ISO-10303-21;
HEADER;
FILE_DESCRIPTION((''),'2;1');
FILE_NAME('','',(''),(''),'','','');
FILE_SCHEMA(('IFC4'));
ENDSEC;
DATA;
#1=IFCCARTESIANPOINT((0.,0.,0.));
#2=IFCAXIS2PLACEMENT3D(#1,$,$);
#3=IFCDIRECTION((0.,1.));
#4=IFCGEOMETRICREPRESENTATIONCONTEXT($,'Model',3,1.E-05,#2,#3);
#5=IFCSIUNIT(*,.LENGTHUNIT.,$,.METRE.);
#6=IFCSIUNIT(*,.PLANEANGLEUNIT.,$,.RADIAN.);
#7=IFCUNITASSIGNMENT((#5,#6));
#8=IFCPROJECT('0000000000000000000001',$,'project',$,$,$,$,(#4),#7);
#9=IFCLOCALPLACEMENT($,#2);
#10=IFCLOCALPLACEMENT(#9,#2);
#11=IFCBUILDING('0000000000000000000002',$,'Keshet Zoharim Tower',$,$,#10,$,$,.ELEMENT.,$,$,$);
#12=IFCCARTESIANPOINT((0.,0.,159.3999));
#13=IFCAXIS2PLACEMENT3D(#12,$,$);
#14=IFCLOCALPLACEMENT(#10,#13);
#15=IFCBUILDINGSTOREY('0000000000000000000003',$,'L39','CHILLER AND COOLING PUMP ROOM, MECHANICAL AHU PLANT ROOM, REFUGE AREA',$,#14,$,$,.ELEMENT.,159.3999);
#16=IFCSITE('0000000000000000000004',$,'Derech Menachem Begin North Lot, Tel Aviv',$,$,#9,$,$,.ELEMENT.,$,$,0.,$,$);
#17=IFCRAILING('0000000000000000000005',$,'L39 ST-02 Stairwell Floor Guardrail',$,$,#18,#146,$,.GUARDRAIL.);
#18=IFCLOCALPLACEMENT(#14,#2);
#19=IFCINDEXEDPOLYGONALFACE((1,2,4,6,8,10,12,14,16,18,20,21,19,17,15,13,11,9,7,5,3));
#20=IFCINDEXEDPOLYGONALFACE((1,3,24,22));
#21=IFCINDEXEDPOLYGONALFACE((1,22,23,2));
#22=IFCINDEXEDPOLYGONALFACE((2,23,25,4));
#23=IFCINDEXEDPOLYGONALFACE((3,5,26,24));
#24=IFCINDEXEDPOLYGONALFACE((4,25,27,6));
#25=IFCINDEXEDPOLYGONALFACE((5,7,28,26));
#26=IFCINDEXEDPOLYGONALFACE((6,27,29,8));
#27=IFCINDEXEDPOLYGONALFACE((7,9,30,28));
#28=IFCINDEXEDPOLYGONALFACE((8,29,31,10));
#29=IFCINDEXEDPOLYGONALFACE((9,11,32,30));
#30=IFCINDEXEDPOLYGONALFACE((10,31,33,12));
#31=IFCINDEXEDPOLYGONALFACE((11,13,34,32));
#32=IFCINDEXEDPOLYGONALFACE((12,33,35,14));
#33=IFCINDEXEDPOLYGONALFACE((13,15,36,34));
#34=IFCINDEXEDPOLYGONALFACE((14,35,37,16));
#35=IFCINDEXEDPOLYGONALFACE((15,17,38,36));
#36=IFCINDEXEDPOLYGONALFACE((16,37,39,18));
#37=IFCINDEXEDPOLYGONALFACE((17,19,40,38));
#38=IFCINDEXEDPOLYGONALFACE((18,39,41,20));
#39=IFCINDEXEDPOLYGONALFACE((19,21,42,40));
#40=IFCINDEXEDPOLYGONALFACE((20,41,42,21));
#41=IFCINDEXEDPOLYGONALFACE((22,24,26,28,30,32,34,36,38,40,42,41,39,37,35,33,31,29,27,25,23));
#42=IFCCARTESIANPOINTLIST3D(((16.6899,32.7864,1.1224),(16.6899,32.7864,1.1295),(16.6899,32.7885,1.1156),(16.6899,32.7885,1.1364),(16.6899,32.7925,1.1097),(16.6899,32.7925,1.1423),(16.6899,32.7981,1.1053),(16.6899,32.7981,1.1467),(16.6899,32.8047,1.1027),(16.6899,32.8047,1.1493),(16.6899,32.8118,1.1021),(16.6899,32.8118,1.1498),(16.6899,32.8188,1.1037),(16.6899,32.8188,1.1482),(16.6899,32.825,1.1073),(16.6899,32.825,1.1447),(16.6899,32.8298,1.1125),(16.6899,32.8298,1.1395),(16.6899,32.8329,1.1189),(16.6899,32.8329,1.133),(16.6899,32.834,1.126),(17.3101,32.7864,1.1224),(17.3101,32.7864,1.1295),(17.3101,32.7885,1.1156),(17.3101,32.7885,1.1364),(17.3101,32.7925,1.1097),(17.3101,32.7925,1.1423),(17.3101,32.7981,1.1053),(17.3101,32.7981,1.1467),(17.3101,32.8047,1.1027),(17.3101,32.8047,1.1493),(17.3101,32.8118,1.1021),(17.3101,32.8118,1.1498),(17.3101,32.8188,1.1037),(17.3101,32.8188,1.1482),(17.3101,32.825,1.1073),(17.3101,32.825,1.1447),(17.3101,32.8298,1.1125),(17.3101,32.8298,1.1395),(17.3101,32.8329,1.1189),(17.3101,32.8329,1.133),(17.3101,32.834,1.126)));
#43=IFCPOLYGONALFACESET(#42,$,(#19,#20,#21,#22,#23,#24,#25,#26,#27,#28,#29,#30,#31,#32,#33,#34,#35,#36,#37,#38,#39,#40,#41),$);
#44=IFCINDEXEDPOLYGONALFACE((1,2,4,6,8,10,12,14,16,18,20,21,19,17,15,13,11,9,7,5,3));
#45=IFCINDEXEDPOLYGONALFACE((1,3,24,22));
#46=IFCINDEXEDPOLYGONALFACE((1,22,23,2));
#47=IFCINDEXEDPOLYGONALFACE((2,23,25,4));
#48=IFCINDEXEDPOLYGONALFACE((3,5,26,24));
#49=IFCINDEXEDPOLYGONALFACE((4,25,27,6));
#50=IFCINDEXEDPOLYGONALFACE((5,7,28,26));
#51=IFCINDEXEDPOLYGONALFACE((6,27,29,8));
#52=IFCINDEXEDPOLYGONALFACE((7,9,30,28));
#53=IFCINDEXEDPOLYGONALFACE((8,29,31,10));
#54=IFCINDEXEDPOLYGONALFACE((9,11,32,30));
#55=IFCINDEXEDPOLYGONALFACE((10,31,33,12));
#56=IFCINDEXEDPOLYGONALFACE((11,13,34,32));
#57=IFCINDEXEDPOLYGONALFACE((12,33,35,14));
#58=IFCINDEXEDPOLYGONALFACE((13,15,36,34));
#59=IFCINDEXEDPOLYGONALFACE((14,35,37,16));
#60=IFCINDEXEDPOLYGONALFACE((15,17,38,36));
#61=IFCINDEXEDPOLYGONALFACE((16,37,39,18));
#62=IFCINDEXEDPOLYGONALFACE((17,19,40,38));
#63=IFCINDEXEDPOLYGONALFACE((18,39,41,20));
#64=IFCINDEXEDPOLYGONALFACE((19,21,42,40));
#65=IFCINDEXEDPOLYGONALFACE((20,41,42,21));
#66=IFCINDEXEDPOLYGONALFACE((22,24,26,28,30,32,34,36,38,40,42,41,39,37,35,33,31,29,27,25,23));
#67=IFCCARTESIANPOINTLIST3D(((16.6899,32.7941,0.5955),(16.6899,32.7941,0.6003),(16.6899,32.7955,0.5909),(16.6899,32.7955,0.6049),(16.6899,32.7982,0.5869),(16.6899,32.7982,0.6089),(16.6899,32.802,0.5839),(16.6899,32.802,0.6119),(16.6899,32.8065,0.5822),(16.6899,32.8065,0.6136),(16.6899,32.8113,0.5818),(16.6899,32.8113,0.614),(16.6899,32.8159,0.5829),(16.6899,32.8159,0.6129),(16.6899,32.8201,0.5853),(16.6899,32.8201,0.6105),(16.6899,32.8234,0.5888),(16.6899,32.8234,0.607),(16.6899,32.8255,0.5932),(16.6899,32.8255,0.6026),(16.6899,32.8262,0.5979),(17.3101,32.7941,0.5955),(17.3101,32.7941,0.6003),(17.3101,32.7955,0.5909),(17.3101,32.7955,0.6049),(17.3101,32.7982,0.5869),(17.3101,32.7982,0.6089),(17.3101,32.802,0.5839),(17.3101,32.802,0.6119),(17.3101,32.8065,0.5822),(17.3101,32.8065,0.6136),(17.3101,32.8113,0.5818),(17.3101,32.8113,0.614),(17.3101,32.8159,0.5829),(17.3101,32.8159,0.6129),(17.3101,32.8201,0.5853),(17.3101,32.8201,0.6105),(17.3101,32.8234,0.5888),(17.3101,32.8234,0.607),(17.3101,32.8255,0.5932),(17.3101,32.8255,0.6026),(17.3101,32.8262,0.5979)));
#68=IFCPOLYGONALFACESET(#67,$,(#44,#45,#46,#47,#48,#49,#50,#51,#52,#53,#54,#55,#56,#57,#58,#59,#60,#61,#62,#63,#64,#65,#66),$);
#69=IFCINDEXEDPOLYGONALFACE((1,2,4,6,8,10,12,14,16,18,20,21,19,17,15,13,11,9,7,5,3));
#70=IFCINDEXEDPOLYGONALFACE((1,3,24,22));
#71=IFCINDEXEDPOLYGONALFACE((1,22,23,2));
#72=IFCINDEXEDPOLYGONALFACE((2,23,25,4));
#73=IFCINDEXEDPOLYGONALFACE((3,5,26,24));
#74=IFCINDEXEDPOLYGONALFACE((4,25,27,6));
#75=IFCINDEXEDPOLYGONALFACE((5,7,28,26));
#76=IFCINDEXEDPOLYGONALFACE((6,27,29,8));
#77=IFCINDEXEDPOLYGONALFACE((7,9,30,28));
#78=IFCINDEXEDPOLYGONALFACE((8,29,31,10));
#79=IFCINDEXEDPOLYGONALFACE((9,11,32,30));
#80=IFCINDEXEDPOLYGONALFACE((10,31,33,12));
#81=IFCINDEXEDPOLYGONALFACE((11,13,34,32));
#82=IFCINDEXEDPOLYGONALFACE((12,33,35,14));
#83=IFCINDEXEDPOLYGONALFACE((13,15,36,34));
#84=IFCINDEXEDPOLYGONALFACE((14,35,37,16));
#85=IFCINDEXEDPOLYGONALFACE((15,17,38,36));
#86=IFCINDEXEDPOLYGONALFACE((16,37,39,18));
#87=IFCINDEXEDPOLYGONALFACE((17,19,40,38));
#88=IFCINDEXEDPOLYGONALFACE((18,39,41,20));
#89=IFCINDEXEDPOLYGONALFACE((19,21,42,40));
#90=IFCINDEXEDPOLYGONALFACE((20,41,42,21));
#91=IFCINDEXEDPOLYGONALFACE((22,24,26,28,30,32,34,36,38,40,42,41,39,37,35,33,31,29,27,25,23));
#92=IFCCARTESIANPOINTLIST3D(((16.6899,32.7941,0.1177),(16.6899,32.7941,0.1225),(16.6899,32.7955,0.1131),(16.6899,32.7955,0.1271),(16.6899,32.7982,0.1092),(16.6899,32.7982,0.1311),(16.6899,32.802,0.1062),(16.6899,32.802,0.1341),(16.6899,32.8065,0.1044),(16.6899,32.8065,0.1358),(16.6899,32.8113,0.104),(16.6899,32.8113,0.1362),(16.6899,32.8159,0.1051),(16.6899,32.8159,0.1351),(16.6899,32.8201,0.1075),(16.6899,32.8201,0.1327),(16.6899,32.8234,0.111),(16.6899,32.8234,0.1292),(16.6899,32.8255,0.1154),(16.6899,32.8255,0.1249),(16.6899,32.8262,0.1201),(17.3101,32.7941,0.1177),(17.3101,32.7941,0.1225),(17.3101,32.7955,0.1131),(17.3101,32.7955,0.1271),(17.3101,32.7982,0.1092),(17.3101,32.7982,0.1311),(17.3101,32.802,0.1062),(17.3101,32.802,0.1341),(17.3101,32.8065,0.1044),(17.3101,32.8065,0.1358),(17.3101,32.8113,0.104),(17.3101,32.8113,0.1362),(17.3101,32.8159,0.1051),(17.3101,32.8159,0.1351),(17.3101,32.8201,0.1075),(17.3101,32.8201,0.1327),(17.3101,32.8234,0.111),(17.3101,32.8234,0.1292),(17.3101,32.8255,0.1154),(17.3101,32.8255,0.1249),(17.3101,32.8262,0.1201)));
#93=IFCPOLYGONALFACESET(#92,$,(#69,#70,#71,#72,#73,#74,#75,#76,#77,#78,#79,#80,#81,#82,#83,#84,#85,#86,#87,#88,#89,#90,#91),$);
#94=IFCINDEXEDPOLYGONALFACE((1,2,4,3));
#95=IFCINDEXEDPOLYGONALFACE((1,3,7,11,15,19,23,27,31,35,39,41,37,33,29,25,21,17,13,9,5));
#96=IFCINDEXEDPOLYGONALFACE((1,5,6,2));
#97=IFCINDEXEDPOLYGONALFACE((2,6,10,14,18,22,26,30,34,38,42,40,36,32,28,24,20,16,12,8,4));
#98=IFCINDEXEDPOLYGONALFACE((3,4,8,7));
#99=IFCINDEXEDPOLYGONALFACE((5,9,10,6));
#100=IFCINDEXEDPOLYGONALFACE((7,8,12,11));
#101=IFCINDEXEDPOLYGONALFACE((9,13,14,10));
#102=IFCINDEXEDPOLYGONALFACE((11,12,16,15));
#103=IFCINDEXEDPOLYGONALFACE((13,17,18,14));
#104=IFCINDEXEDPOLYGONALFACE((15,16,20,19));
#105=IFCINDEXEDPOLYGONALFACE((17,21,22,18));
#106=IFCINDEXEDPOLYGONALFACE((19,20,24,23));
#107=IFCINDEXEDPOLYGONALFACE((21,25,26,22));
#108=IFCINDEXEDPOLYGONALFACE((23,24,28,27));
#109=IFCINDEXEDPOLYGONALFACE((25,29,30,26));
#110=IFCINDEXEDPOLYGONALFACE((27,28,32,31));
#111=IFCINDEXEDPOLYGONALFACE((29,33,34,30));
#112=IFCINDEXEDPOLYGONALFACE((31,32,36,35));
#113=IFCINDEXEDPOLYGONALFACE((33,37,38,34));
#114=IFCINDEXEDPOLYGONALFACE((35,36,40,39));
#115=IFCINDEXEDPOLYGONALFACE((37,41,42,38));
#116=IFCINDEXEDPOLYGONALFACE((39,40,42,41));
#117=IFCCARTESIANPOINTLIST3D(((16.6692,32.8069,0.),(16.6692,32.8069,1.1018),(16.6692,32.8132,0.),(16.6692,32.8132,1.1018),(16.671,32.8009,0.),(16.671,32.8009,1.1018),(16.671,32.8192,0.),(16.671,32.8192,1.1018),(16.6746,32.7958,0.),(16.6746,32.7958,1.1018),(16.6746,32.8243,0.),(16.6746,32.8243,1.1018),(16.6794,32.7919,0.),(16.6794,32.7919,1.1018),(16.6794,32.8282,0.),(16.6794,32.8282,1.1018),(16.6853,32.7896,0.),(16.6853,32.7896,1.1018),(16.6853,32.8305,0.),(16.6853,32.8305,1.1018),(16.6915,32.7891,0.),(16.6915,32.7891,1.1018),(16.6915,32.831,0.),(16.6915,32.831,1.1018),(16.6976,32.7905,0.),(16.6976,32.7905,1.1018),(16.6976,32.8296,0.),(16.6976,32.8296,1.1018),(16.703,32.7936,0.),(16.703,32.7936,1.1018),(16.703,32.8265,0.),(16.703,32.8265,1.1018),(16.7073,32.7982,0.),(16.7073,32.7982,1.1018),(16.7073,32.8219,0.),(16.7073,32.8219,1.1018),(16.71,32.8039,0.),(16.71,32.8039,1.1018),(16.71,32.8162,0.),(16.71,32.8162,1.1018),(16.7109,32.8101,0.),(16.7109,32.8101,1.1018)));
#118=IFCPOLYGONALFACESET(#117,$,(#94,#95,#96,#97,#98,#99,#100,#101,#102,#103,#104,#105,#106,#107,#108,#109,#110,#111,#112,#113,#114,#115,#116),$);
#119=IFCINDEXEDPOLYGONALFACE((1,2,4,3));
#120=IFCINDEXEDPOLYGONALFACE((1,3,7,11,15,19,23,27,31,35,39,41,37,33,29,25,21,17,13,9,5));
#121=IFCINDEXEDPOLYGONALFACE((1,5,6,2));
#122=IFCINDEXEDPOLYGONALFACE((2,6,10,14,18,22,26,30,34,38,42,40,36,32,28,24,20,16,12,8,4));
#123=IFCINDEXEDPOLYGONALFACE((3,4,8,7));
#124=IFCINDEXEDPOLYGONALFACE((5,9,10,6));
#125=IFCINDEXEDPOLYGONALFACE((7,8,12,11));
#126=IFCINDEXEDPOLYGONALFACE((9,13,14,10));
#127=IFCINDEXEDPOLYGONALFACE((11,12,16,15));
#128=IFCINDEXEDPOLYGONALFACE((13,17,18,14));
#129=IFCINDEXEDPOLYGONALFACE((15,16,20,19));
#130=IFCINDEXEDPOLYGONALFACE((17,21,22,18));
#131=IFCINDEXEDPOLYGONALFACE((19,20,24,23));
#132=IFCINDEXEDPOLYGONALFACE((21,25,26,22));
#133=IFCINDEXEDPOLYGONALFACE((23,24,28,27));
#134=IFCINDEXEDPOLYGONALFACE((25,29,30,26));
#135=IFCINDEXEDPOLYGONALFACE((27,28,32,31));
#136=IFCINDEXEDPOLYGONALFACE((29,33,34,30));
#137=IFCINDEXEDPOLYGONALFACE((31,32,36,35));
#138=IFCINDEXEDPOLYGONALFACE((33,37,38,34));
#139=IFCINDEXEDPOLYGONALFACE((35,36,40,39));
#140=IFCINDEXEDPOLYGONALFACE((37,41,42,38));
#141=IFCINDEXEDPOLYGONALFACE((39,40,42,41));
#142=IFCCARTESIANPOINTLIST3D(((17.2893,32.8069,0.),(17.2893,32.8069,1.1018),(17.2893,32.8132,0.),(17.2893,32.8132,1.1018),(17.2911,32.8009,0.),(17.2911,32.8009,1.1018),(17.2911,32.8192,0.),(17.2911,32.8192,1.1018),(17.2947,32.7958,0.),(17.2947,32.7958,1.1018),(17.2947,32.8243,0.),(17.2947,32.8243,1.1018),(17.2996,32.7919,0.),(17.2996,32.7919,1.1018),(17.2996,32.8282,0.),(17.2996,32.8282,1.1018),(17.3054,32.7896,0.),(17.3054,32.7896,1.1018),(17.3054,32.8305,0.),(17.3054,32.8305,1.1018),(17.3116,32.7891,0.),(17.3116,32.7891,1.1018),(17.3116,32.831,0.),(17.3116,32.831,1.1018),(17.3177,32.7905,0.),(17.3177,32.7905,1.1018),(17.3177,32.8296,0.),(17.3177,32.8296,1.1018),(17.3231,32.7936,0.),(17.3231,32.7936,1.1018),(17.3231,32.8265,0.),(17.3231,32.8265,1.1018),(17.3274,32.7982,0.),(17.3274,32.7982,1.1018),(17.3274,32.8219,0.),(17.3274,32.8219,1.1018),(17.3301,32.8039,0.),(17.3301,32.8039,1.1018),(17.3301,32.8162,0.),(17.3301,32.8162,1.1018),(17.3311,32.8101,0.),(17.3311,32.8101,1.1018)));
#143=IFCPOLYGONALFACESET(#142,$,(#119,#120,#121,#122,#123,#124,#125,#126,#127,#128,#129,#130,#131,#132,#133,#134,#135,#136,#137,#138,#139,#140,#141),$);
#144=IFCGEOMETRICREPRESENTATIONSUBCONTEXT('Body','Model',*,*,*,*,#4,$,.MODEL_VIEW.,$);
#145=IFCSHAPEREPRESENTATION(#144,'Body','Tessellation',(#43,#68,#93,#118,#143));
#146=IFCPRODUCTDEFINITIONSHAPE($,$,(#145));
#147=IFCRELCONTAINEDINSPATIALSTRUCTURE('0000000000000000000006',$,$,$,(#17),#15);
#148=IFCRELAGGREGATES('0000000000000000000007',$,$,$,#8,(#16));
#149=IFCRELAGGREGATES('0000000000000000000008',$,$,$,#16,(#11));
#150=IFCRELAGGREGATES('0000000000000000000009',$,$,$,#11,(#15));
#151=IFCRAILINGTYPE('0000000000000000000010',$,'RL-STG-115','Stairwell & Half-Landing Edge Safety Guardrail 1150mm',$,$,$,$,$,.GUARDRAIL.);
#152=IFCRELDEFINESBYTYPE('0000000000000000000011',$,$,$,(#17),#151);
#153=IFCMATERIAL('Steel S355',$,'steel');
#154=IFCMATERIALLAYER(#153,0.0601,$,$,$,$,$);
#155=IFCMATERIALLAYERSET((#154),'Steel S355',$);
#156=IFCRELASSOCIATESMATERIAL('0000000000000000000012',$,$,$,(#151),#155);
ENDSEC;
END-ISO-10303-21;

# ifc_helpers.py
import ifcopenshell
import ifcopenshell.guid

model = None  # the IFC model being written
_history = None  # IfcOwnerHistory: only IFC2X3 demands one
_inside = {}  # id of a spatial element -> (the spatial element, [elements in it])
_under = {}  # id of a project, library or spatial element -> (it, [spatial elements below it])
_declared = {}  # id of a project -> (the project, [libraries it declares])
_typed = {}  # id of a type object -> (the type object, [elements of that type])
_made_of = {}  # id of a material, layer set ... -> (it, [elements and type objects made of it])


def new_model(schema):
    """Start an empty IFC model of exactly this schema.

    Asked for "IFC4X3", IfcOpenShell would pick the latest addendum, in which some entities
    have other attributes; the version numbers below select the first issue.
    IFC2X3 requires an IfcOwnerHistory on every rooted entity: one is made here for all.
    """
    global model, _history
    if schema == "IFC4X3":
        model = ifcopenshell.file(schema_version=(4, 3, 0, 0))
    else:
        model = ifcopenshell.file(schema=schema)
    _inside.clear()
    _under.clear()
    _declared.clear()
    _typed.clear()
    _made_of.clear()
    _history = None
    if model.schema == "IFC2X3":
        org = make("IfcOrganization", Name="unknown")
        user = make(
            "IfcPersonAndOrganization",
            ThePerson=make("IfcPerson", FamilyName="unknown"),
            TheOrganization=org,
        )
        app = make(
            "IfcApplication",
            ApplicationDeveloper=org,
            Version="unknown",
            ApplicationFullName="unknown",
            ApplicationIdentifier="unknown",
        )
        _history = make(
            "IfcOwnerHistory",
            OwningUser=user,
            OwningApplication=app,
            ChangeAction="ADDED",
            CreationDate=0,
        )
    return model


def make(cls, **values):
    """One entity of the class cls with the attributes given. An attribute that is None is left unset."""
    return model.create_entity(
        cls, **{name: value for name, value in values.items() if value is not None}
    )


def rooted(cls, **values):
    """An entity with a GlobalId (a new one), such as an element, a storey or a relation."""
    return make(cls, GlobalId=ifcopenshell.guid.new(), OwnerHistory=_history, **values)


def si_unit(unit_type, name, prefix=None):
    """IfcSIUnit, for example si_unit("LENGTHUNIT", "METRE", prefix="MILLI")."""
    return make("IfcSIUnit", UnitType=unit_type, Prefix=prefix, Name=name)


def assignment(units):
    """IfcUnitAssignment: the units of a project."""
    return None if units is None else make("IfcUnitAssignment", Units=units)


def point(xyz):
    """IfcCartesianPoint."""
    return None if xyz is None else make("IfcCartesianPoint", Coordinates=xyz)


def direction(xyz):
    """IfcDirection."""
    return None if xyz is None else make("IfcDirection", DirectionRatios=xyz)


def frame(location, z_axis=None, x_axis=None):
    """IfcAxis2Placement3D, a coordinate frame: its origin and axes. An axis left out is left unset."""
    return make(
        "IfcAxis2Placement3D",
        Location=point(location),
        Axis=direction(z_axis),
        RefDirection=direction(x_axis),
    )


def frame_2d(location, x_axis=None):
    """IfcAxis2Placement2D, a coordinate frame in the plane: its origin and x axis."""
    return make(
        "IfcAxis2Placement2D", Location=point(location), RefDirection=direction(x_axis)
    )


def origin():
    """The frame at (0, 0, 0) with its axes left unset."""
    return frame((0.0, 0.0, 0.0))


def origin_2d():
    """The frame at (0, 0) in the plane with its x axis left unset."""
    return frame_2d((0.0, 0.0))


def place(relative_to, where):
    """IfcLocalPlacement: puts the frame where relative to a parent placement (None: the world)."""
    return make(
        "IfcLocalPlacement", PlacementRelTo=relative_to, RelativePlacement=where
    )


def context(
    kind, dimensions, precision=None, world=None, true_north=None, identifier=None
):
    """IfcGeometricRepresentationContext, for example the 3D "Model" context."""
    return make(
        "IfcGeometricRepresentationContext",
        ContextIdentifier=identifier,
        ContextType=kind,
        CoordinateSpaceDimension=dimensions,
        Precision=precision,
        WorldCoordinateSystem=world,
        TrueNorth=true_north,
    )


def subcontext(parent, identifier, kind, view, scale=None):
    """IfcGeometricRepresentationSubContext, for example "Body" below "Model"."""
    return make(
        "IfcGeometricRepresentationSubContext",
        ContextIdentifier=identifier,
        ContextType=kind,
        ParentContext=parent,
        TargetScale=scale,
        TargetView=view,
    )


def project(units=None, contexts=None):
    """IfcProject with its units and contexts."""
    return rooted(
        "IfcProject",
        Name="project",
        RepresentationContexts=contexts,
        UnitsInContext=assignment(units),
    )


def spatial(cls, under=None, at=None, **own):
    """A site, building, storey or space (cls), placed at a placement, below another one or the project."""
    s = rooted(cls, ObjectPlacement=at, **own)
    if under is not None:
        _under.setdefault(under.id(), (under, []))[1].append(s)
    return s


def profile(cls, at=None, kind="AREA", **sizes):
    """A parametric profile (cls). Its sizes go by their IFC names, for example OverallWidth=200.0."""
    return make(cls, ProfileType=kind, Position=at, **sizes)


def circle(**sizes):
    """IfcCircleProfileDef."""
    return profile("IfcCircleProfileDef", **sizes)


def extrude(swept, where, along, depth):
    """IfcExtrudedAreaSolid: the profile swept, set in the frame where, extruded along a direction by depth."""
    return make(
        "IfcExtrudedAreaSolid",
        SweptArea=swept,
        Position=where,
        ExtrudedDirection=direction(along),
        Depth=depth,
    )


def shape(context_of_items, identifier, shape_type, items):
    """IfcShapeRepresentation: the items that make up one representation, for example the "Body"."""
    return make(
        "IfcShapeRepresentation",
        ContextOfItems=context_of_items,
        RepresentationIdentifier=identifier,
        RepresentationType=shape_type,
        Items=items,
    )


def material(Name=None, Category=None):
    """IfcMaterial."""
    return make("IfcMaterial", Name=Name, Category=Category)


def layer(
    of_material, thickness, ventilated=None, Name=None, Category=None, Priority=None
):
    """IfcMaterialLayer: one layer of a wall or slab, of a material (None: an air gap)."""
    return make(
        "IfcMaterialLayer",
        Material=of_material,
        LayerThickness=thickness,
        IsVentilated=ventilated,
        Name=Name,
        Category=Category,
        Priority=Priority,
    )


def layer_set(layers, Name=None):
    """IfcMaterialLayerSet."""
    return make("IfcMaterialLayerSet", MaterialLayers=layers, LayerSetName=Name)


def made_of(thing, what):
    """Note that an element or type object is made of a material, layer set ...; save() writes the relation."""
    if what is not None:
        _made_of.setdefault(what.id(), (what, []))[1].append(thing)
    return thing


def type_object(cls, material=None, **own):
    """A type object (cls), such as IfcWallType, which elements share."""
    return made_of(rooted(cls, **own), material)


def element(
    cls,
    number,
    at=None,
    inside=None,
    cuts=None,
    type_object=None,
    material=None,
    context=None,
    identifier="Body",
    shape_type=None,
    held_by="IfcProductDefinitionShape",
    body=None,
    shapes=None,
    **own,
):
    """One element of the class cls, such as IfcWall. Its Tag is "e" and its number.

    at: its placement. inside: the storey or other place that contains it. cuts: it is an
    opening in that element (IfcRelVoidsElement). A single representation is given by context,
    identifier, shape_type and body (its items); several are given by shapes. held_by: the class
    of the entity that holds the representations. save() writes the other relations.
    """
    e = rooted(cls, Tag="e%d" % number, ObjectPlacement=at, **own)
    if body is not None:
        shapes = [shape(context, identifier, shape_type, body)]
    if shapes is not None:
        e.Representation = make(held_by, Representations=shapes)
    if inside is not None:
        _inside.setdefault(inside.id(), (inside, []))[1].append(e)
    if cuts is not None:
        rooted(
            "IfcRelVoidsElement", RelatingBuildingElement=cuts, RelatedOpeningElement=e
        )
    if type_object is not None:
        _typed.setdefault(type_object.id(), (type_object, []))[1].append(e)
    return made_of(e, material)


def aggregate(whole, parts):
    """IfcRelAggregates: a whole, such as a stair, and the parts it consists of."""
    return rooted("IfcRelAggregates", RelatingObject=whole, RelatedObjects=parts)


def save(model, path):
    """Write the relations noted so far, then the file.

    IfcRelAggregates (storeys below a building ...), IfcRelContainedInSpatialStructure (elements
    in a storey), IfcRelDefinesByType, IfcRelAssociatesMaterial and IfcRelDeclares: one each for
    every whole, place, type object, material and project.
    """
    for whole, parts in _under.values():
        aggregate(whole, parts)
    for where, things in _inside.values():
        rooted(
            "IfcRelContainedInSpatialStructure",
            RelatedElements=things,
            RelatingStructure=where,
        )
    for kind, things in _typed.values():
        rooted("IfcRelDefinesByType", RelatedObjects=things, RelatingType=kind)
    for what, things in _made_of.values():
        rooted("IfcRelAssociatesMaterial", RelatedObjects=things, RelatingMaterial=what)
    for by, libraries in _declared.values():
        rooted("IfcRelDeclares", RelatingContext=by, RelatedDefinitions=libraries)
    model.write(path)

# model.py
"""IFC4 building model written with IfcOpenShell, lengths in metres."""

from ifc_helpers import new_model, si_unit, direction, frame, origin, origin_2d, place, context, subcontext, project, spatial, circle, extrude, material, layer, layer_set, type_object, element, save


model = new_model("IFC4")

# Units and contexts
model_context = context("Model", 3, precision=1e-05, world=origin(), true_north=direction((0.0, 1.0)))
body_context = subcontext(model_context, "Body", "Model", "MODEL_VIEW")
ifc_project = project(units=[si_unit("LENGTHUNIT", "METRE"), si_unit("PLANEANGLEUNIT", "RADIAN")], contexts=[model_context])

# Site, building, storey
site_placement = place(None, origin())
site = spatial("IfcSite", under=ifc_project, at=site_placement, Name="Derech Menachem Begin North Lot, Tel Aviv", CompositionType="ELEMENT", RefElevation=0.0)
building_placement = place(site_placement, origin())
building = spatial("IfcBuilding", under=site, at=building_placement, Name="Keshet Zoharim Tower", CompositionType="ELEMENT")
storey_placement = place(building_placement, frame((0.0, 0.0, 159.3999)))
storey = spatial("IfcBuildingStorey", under=building, at=storey_placement, Name="L39", Description="CHILLER AND COOLING PUMP ROOM, MECHANICAL AHU PLANT ROOM, REFUGE AREA", CompositionType="ELEMENT", Elevation=159.3999)

# Shared definitions
ifc_material_1 = material(Name="Steel S355", Category="steel")

# Railing
ifc_layer_1 = layer(ifc_material_1, 0.0601)
ifc_layer_set_1 = layer_set([ifc_layer_1], Name="Steel S355")
railing_type_1 = type_object("IfcRailingType", Name="RL-STG-115", Description="Stairwell & Half-Landing Edge Safety Guardrail 1150mm", PredefinedType="GUARDRAIL", material=ifc_layer_set_1)
railing_1_placement = place(storey_placement, frame((16.6899, 32.8101, 0.0)))
element("IfcRailing", 1, at=railing_1_placement, inside=storey, type_object=railing_type_1, Name="L39 ST-02 Stairwell Floor Guardrail", PredefinedType="GUARDRAIL", context=body_context, shape_type="SweptSolid", body=[
    extrude(circle(Radius=0.0239, at=origin_2d()), frame((0.0, 0.0, 1.126), z_axis=(1.0, 0.0, 0.0), x_axis=(0.0, 1.0, 0.0)), (0.0, 0.0, 1.0), 0.6201),
    extrude(circle(Radius=0.0161, at=origin_2d()), frame((0.0, 0.0, 0.5979), z_axis=(1.0, 0.0, 0.0), x_axis=(0.0, 1.0, 0.0)), (0.0, 0.0, 1.0), 0.6201),
    extrude(circle(Radius=0.0161, at=origin_2d()), frame((0.0, 0.0, 0.1201), z_axis=(1.0, 0.0, 0.0), x_axis=(0.0, 1.0, 0.0)), (0.0, 0.0, 1.0), 0.6201),
    extrude(circle(Radius=0.021, at=origin_2d()), origin(), (0.0, 0.0, 1.0), 1.1018),
    extrude(circle(Radius=0.021, at=origin_2d()), frame((0.6201, 0.0, 0.0)), (0.0, 0.0, 1.0), 1.1018),
])

save(model, "model.ifc")
